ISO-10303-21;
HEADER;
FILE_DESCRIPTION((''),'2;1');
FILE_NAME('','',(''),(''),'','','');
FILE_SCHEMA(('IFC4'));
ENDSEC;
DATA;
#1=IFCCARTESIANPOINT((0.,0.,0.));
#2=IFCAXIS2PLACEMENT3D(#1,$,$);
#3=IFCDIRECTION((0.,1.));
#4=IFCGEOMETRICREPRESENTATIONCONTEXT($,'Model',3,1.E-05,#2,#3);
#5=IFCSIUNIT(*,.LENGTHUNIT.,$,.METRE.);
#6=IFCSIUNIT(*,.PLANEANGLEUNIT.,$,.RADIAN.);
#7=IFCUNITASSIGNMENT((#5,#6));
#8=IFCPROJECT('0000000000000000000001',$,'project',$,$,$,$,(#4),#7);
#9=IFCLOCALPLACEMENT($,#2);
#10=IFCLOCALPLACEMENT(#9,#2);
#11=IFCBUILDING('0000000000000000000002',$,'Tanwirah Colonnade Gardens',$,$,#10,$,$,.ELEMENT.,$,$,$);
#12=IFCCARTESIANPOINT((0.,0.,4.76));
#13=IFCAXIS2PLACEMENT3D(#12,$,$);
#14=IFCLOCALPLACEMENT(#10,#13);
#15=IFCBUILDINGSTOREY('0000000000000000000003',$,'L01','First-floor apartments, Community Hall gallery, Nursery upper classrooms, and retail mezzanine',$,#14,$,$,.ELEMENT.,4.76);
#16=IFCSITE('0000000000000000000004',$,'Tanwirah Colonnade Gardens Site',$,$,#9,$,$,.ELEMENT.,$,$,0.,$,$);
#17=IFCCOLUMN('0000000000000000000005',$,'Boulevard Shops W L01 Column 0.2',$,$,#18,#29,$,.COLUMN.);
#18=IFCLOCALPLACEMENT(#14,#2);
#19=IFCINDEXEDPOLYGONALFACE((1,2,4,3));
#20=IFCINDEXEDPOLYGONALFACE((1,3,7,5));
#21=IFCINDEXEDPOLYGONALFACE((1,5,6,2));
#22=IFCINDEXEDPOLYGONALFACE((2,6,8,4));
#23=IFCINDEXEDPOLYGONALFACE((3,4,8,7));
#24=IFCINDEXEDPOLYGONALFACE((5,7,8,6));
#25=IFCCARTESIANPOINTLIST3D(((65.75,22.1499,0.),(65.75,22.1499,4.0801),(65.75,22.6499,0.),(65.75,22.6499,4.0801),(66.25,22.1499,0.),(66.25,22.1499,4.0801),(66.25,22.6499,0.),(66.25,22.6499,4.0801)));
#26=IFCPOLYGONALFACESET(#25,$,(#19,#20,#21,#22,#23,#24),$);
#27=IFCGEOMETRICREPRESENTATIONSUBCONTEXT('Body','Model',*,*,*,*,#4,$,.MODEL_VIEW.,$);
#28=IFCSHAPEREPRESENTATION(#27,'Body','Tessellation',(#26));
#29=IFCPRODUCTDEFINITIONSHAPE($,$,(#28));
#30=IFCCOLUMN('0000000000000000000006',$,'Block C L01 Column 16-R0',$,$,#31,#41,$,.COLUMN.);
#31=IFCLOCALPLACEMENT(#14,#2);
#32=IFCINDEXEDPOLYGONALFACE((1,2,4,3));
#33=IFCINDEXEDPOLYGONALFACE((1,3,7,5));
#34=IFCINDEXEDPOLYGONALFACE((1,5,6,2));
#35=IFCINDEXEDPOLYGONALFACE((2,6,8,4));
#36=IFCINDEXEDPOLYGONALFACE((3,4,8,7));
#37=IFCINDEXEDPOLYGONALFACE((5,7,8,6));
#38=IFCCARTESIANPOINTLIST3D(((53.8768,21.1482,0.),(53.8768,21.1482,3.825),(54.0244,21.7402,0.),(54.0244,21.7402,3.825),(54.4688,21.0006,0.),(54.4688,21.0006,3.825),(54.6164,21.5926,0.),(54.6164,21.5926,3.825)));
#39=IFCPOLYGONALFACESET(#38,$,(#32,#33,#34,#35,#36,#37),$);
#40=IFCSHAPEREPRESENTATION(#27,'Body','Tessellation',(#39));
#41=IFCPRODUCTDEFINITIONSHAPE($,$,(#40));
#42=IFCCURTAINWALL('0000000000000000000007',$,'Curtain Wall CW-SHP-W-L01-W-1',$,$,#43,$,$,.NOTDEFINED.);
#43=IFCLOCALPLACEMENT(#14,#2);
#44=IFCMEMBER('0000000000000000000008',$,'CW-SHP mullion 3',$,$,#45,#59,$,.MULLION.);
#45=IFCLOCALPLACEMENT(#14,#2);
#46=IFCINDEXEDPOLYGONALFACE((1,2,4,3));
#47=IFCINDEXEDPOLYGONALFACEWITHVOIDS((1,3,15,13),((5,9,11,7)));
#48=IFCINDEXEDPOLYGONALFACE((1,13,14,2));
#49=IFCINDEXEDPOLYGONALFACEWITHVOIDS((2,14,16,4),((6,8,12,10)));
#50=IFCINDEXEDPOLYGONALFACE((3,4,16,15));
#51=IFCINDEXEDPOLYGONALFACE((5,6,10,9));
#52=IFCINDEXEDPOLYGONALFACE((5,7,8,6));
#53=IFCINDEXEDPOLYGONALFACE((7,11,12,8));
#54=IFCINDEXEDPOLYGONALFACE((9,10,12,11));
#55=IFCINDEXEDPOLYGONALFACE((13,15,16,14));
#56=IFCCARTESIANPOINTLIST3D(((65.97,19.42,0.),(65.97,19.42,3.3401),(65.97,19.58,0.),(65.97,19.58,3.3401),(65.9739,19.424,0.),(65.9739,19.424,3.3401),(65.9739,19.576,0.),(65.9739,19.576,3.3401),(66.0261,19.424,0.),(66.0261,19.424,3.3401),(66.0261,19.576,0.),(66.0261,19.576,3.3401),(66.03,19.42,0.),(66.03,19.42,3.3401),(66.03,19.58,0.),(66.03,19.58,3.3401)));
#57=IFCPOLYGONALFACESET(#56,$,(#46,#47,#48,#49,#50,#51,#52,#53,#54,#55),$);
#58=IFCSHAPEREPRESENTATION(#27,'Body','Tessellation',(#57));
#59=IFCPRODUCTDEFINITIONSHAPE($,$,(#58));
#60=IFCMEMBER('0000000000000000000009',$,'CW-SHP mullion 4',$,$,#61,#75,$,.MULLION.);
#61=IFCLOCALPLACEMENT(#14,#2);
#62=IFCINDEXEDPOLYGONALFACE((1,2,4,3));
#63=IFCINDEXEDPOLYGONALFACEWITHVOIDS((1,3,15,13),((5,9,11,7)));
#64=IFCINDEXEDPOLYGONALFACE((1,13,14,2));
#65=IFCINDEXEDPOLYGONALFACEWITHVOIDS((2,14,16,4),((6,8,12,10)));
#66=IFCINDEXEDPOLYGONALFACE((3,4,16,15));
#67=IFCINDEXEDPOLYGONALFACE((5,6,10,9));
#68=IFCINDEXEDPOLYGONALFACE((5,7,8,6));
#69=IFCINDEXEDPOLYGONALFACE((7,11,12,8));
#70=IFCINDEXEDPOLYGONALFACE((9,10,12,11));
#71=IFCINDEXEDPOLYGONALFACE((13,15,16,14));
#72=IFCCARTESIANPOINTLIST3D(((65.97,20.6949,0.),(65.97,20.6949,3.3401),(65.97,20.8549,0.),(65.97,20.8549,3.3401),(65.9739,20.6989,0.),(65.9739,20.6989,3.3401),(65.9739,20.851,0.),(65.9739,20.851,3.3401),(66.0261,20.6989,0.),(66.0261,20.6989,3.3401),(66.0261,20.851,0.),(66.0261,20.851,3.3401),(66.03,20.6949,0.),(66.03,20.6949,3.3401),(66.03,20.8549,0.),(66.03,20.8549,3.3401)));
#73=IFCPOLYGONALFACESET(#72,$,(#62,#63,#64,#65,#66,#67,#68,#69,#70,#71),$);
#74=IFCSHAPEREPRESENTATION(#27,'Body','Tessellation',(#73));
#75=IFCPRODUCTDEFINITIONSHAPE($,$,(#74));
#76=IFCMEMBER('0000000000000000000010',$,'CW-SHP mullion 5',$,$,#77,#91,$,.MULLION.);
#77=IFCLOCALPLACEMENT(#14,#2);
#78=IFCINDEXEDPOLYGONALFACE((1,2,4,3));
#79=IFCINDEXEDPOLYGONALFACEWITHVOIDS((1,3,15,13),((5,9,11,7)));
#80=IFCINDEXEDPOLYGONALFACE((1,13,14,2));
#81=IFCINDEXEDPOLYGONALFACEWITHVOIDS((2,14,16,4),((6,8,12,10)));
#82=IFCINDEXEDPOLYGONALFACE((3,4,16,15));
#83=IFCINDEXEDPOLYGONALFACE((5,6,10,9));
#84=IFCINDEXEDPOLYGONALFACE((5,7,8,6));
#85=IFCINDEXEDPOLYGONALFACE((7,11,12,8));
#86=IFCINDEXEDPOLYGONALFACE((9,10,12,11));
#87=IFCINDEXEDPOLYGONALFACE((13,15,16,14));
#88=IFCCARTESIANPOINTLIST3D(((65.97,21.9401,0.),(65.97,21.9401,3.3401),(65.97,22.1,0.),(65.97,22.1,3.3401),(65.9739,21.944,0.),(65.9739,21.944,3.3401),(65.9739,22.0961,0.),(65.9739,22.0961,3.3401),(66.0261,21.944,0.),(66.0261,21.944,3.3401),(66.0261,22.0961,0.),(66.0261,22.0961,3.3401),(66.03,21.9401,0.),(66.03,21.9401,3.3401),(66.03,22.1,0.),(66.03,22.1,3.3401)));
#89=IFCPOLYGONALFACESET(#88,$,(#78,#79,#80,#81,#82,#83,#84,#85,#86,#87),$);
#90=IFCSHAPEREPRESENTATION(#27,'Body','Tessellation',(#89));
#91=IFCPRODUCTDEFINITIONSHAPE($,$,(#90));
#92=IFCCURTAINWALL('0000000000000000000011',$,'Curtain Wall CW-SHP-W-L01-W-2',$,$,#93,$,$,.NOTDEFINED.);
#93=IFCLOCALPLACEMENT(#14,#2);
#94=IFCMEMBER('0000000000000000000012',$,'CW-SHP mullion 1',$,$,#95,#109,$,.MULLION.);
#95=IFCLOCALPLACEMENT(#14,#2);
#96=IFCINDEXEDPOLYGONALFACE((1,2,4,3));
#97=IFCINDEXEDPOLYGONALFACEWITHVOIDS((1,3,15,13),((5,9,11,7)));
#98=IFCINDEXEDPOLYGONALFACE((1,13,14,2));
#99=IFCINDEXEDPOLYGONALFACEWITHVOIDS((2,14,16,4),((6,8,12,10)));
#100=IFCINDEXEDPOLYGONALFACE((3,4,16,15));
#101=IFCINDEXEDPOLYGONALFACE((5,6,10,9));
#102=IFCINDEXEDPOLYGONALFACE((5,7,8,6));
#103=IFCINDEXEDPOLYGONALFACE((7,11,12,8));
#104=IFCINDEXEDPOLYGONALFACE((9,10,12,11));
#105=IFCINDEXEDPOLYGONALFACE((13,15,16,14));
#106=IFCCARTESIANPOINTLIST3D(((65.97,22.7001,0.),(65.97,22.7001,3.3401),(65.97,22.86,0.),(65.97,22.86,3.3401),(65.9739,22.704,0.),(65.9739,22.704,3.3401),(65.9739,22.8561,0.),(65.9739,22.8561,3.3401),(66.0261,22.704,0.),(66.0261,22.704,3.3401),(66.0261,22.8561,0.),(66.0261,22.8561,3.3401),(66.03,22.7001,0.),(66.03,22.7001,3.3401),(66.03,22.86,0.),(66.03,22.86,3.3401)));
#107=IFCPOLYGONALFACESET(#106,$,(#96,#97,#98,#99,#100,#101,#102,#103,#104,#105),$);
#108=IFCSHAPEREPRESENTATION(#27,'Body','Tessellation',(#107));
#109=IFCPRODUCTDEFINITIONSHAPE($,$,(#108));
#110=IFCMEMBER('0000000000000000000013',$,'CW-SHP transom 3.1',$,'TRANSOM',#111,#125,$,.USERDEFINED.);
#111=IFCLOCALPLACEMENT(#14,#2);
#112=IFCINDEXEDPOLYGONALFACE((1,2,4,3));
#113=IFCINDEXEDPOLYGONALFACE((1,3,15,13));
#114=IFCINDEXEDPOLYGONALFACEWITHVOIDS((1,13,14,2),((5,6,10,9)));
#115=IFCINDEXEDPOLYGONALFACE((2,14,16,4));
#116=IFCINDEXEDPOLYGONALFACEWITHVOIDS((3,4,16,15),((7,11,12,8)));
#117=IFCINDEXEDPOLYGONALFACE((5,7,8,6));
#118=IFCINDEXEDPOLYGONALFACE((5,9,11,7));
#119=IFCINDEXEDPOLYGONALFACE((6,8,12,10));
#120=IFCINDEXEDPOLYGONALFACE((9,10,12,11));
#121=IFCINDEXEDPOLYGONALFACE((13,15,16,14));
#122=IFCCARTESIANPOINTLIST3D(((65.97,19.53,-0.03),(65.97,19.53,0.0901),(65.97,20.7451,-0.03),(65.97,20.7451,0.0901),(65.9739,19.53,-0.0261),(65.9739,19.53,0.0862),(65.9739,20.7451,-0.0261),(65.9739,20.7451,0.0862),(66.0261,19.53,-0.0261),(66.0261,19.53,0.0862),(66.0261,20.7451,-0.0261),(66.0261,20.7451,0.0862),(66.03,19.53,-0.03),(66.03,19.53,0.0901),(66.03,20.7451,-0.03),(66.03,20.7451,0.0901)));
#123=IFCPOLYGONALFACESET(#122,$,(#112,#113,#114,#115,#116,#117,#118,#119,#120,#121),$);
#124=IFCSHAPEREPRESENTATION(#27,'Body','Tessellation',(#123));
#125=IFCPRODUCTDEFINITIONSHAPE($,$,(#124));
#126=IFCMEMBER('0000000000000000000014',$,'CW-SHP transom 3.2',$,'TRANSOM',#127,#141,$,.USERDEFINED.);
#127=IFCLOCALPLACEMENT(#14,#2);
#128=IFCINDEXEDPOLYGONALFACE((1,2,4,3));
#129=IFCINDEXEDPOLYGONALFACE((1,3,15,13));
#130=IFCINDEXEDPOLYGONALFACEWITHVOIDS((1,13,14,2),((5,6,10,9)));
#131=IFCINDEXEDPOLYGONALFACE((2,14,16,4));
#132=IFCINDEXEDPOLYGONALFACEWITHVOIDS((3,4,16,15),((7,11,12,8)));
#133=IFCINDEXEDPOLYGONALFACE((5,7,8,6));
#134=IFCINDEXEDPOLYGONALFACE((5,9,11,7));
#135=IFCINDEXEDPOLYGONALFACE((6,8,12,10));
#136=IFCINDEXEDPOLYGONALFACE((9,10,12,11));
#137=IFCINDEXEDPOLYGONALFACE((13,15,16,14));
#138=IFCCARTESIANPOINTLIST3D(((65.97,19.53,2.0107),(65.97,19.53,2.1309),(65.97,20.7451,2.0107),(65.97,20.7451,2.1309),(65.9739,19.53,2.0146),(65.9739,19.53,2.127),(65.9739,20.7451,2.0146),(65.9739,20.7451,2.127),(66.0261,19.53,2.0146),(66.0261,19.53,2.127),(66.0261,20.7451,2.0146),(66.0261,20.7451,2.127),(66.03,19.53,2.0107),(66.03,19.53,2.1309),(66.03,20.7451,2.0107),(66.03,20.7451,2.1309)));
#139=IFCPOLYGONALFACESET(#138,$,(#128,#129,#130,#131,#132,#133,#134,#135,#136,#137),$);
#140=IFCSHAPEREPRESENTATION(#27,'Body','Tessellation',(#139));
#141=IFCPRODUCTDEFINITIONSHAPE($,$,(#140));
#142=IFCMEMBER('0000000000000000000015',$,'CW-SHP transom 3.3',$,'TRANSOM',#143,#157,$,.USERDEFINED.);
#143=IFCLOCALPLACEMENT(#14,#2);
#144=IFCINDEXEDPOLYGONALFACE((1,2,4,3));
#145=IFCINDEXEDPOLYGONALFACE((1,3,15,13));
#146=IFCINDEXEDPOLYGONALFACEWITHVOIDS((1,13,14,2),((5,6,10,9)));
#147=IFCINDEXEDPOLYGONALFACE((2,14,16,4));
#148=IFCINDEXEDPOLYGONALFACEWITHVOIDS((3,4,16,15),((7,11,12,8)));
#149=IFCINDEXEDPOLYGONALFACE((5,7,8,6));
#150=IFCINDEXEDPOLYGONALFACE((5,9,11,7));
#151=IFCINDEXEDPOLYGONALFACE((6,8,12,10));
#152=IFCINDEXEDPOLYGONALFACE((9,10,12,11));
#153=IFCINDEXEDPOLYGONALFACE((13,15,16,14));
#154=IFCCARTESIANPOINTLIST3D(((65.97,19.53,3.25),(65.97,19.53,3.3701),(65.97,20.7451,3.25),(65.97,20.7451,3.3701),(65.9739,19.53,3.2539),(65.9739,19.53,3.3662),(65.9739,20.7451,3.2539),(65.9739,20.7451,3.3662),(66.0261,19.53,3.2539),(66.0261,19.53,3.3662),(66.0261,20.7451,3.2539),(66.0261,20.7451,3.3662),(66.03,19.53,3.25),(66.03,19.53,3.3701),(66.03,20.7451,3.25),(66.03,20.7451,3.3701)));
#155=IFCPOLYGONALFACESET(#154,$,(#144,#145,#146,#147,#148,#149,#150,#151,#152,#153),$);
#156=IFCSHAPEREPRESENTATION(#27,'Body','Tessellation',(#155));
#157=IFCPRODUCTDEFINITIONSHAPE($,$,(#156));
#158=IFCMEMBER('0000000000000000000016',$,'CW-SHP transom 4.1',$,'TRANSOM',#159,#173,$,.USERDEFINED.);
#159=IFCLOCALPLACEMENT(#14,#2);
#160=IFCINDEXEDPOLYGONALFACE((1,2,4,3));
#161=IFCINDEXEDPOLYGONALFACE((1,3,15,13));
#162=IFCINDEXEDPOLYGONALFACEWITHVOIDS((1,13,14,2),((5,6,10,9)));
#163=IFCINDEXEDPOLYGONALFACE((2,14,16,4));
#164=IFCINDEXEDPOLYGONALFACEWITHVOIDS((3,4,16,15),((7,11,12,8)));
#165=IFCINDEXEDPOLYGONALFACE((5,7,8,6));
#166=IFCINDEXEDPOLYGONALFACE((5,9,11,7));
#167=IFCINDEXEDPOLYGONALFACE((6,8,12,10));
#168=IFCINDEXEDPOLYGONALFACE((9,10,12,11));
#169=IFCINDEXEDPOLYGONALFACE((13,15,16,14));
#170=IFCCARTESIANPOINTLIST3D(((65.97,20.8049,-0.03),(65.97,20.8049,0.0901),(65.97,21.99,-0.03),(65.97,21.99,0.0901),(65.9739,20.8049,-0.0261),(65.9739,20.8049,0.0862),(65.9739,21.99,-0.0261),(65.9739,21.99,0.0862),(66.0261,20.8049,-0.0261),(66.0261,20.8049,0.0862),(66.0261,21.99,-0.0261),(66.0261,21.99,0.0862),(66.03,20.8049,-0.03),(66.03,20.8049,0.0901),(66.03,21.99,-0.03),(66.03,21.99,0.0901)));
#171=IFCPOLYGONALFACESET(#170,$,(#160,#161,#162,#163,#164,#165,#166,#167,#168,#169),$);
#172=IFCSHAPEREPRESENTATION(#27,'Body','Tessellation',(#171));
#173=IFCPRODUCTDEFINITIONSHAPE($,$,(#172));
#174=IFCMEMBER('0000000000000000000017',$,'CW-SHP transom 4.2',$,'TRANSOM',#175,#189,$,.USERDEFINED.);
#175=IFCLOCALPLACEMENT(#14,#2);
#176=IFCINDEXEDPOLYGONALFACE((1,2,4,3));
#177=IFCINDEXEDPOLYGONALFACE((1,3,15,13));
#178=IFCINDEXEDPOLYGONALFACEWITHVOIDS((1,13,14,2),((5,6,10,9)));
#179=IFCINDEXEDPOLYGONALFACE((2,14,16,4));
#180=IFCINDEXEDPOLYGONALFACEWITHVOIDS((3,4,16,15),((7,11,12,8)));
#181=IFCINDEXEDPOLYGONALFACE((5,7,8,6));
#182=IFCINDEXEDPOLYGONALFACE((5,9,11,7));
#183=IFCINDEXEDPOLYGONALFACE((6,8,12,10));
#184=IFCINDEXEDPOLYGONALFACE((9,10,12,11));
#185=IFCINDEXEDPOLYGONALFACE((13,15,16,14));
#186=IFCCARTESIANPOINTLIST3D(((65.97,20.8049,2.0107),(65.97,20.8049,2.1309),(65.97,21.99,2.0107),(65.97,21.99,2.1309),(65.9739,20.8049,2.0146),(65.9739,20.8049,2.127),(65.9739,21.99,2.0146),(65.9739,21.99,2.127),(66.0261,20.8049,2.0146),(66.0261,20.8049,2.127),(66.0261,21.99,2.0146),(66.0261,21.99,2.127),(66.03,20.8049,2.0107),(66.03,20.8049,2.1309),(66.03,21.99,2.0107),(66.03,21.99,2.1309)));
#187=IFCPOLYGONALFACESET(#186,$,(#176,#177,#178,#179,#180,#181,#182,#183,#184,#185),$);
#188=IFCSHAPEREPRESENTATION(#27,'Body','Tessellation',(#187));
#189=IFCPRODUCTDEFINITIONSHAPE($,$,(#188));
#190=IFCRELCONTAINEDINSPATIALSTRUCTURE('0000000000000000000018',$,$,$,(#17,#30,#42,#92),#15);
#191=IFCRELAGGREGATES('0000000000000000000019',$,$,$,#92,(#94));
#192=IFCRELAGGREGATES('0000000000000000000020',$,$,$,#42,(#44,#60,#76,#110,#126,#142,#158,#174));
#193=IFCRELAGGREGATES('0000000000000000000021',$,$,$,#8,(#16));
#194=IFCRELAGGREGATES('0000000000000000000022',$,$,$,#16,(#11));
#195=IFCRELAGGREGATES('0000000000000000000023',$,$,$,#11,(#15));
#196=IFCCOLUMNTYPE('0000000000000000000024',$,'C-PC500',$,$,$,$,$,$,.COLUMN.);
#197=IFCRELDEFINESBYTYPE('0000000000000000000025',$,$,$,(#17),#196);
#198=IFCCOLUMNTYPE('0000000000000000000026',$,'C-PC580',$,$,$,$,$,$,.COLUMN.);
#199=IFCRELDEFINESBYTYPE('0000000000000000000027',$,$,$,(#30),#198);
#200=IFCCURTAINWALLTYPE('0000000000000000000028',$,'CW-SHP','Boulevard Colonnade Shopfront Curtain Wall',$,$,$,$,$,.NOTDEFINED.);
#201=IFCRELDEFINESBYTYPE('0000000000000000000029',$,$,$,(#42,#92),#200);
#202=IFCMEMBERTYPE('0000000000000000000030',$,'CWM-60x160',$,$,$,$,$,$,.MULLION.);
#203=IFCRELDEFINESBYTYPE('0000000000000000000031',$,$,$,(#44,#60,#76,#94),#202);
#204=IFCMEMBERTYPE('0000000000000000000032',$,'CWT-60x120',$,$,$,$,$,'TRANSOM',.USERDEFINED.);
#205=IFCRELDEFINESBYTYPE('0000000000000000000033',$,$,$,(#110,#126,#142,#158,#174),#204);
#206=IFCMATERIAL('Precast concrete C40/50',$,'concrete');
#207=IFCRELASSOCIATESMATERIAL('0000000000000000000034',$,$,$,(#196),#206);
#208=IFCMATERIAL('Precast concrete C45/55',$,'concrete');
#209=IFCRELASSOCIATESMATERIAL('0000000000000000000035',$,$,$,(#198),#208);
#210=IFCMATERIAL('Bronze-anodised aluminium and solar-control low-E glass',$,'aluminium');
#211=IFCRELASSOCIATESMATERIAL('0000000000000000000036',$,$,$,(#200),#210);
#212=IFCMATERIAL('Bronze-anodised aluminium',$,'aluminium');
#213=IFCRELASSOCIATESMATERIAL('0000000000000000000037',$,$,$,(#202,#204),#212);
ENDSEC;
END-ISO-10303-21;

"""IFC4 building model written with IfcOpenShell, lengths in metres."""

from ifc_helpers import new_model, si_unit, direction, frame, origin, origin_2d, place, context, subcontext, project, spatial, rectangle, hollow_rectangle, extrude, material, material_profile, profile_set, type_object, element, aggregate, save


model = new_model("IFC4")

# Units and contexts
model_context = context("Model", 3, precision=1e-05, world=origin(), true_north=direction((0.0, 1.0)))
body_context = subcontext(model_context, "Body", "Model", "MODEL_VIEW")
ifc_project = project(units=[si_unit("LENGTHUNIT", "METRE"), si_unit("PLANEANGLEUNIT", "RADIAN")], contexts=[model_context])

# Site, building, storey
site_placement = place(None, origin())
site = spatial("IfcSite", under=ifc_project, at=site_placement, Name="Tanwirah Colonnade Gardens Site", CompositionType="ELEMENT", RefElevation=0.0)
building_placement = place(site_placement, origin())
building = spatial("IfcBuilding", under=site, at=building_placement, Name="Tanwirah Colonnade Gardens", CompositionType="ELEMENT")
storey_placement = place(building_placement, frame((0.0, 0.0, 4.76)))
storey = spatial("IfcBuildingStorey", under=building, at=storey_placement, Name="L01", Description="First-floor apartments, Community Hall gallery, Nursery upper classrooms, and retail mezzanine", CompositionType="ELEMENT", Elevation=4.76)

# Columns
ifc_material_1 = material(Name="Precast concrete C40/50", Category="concrete")
ifc_material_profile_1 = material_profile(ifc_material_1, rectangle(XDim=0.5, YDim=0.5, at=origin_2d()), Name="PC-COL 500x500")
ifc_profile_set_1 = profile_set([ifc_material_profile_1], Name="Precast concrete C40/50")
column_type_1 = type_object("IfcColumnType", Name="C-PC500", PredefinedType="COLUMN", material=ifc_profile_set_1)
column_1_placement = place(storey_placement, frame((66.0, 22.3999, 0.0), z_axis=(0.0, 0.0, 1.0), x_axis=(1.0, 0.0, 0.0)))
element("IfcColumn", 1, at=column_1_placement, inside=storey, type_object=column_type_1, Name="Boulevard Shops W L01 Column 0.2", PredefinedType="COLUMN", context=body_context, shape_type="SweptSolid", body=[
    extrude(rectangle(XDim=0.5, YDim=0.5, at=origin_2d()), origin(), (0.0, 0.0, 1.0), 4.0801),
])
ifc_material_2 = material(Name="Precast concrete C45/55", Category="concrete")
ifc_material_profile_2 = material_profile(ifc_material_2, rectangle(XDim=0.6101, YDim=0.6101, at=origin_2d()), Name="PC-COL 610x610")
ifc_profile_set_2 = profile_set([ifc_material_profile_2], Name="Precast concrete C45/55")
column_type_2 = type_object("IfcColumnType", Name="C-PC580", PredefinedType="COLUMN", material=ifc_profile_set_2)
column_2_placement = place(storey_placement, frame((54.2466, 21.3704, 0.0), z_axis=(0.0, 0.0, 1.0), x_axis=(-0.241922, -0.970296, 0.0)))
element("IfcColumn", 2, at=column_2_placement, inside=storey, type_object=column_type_2, Name="Block C L01 Column 16-R0", PredefinedType="COLUMN", context=body_context, shape_type="SweptSolid", body=[
    extrude(rectangle(XDim=0.6101, YDim=0.6101, at=origin_2d()), origin(), (0.0, 0.0, 1.0), 3.825),
])

# Curtain wall, members
ifc_material_3 = material(Name="Bronze-anodised aluminium and solar-control low-E glass", Category="aluminium")
curtain_wall_type = type_object("IfcCurtainWallType", Name="CW-SHP", Description="Boulevard Colonnade Shopfront Curtain Wall", PredefinedType="NOTDEFINED", material=ifc_material_3)
curtain_wall_1_placement = place(storey_placement, origin())
curtain_wall_1 = element("IfcCurtainWall", 3, at=curtain_wall_1_placement, inside=storey, type_object=curtain_wall_type, Name="Curtain Wall CW-SHP-W-L01-W-1", PredefinedType="NOTDEFINED")
ifc_material_4 = material(Name="Bronze-anodised aluminium", Category="aluminium")
ifc_material_profile_3 = material_profile(ifc_material_4, hollow_rectangle(XDim=0.0601, YDim=0.1599, WallThickness=0.0039, at=origin_2d()), Name="CW-MUL 60x160x4")
ifc_profile_set_3 = profile_set([ifc_material_profile_3], Name="Bronze-anodised aluminium")
member_type_1 = type_object("IfcMemberType", Name="CWM-60x160", PredefinedType="MULLION", material=ifc_profile_set_3)
member_1_placement = place(storey_placement, frame((66.0, 19.5, 0.0), z_axis=(0.0, 0.0, 1.0), x_axis=(-1.0, 0.0, 0.0)))
member_1 = element("IfcMember", 4, at=member_1_placement, type_object=member_type_1, Name="CW-SHP mullion 3", PredefinedType="MULLION", context=body_context, shape_type="SweptSolid", body=[
    extrude(hollow_rectangle(XDim=0.0601, YDim=0.1599, WallThickness=0.0039, at=origin_2d()), origin(), (0.0, 0.0, 1.0), 3.3401),
])
member_2_placement = place(storey_placement, frame((66.0, 20.7749, 0.0), z_axis=(0.0, 0.0, 1.0), x_axis=(-1.0, 0.0, 0.0)))
member_2 = element("IfcMember", 5, at=member_2_placement, type_object=member_type_1, Name="CW-SHP mullion 4", PredefinedType="MULLION", context=body_context, shape_type="SweptSolid", body=[
    extrude(hollow_rectangle(XDim=0.0601, YDim=0.1599, WallThickness=0.0039, at=origin_2d()), origin(), (0.0, 0.0, 1.0), 3.3401),
])
member_3_placement = place(storey_placement, frame((66.0, 22.02, 0.0), z_axis=(0.0, 0.0, 1.0), x_axis=(-1.0, 0.0, 0.0)))
member_3 = element("IfcMember", 6, at=member_3_placement, type_object=member_type_1, Name="CW-SHP mullion 5", PredefinedType="MULLION", context=body_context, shape_type="SweptSolid", body=[
    extrude(hollow_rectangle(XDim=0.0601, YDim=0.1599, WallThickness=0.0039, at=origin_2d()), origin(), (0.0, 0.0, 1.0), 3.3401),
])

# Curtain wall, member
curtain_wall_2_placement = place(storey_placement, origin())
curtain_wall_2 = element("IfcCurtainWall", 7, at=curtain_wall_2_placement, inside=storey, type_object=curtain_wall_type, Name="Curtain Wall CW-SHP-W-L01-W-2", PredefinedType="NOTDEFINED")
member_4_placement = place(storey_placement, frame((66.0, 22.78, 0.0), z_axis=(0.0, 0.0, 1.0), x_axis=(-1.0, 0.0, 0.0)))
member_4 = element("IfcMember", 8, at=member_4_placement, type_object=member_type_1, Name="CW-SHP mullion 1", PredefinedType="MULLION", context=body_context, shape_type="SweptSolid", body=[
    extrude(hollow_rectangle(XDim=0.0601, YDim=0.1599, WallThickness=0.0039, at=origin_2d()), origin(), (0.0, 0.0, 1.0), 3.3401),
])
aggregate(curtain_wall_2, [member_4])

# Members
ifc_material_profile_4 = material_profile(ifc_material_4, hollow_rectangle(XDim=0.0601, YDim=0.1201, WallThickness=0.0039, at=origin_2d()), Name="CW-TRN 60x120x4")
ifc_profile_set_4 = profile_set([ifc_material_profile_4], Name="Bronze-anodised aluminium")
member_type_2 = type_object("IfcMemberType", Name="CWT-60x120", ElementType="TRANSOM", PredefinedType="USERDEFINED", material=ifc_profile_set_4)
member_5_placement = place(storey_placement, frame((66.0, 19.53, 0.03), z_axis=(0.0, 1.0, 0.0), x_axis=(-1.0, 0.0, 0.0)))
member_5 = element("IfcMember", 9, at=member_5_placement, type_object=member_type_2, Name="CW-SHP transom 3.1", ObjectType="TRANSOM", PredefinedType="USERDEFINED", context=body_context, shape_type="SweptSolid", body=[
    extrude(hollow_rectangle(XDim=0.0601, YDim=0.1201, WallThickness=0.0039, at=origin_2d()), origin(), (0.0, 0.0, 1.0), 1.2151),
])
member_6_placement = place(storey_placement, frame((66.0, 19.53, 2.0708), z_axis=(0.0, 1.0, 0.0), x_axis=(-1.0, 0.0, 0.0)))
member_6 = element("IfcMember", 10, at=member_6_placement, type_object=member_type_2, Name="CW-SHP transom 3.2", ObjectType="TRANSOM", PredefinedType="USERDEFINED", context=body_context, shape_type="SweptSolid", body=[
    extrude(hollow_rectangle(XDim=0.0601, YDim=0.1201, WallThickness=0.0039, at=origin_2d()), origin(), (0.0, 0.0, 1.0), 1.2151),
])
member_7_placement = place(storey_placement, frame((66.0, 19.53, 3.3101), z_axis=(0.0, 1.0, 0.0), x_axis=(-1.0, 0.0, 0.0)))
member_7 = element("IfcMember", 11, at=member_7_placement, type_object=member_type_2, Name="CW-SHP transom 3.3", ObjectType="TRANSOM", PredefinedType="USERDEFINED", context=body_context, shape_type="SweptSolid", body=[
    extrude(hollow_rectangle(XDim=0.0601, YDim=0.1201, WallThickness=0.0039, at=origin_2d()), origin(), (0.0, 0.0, 1.0), 1.2151),
])
member_8_placement = place(storey_placement, frame((66.0, 20.8049, 0.03), z_axis=(0.0, 1.0, 0.0), x_axis=(-1.0, 0.0, 0.0)))
member_8 = element("IfcMember", 12, at=member_8_placement, type_object=member_type_2, Name="CW-SHP transom 4.1", ObjectType="TRANSOM", PredefinedType="USERDEFINED", context=body_context, shape_type="SweptSolid", body=[
    extrude(hollow_rectangle(XDim=0.0601, YDim=0.1201, WallThickness=0.0039, at=origin_2d()), origin(), (0.0, 0.0, 1.0), 1.1851),
])
member_9_placement = place(storey_placement, frame((66.0, 20.8049, 2.0708), z_axis=(0.0, 1.0, 0.0), x_axis=(-1.0, 0.0, 0.0)))
member_9 = element("IfcMember", 13, at=member_9_placement, type_object=member_type_2, Name="CW-SHP transom 4.2", ObjectType="TRANSOM", PredefinedType="USERDEFINED", context=body_context, shape_type="SweptSolid", body=[
    extrude(hollow_rectangle(XDim=0.0601, YDim=0.1201, WallThickness=0.0039, at=origin_2d()), origin(), (0.0, 0.0, 1.0), 1.1851),
])

aggregate(curtain_wall_1, [member_1, member_2, member_3, member_5, member_6, member_7, member_8, member_9])

save(model, "model.ifc")
